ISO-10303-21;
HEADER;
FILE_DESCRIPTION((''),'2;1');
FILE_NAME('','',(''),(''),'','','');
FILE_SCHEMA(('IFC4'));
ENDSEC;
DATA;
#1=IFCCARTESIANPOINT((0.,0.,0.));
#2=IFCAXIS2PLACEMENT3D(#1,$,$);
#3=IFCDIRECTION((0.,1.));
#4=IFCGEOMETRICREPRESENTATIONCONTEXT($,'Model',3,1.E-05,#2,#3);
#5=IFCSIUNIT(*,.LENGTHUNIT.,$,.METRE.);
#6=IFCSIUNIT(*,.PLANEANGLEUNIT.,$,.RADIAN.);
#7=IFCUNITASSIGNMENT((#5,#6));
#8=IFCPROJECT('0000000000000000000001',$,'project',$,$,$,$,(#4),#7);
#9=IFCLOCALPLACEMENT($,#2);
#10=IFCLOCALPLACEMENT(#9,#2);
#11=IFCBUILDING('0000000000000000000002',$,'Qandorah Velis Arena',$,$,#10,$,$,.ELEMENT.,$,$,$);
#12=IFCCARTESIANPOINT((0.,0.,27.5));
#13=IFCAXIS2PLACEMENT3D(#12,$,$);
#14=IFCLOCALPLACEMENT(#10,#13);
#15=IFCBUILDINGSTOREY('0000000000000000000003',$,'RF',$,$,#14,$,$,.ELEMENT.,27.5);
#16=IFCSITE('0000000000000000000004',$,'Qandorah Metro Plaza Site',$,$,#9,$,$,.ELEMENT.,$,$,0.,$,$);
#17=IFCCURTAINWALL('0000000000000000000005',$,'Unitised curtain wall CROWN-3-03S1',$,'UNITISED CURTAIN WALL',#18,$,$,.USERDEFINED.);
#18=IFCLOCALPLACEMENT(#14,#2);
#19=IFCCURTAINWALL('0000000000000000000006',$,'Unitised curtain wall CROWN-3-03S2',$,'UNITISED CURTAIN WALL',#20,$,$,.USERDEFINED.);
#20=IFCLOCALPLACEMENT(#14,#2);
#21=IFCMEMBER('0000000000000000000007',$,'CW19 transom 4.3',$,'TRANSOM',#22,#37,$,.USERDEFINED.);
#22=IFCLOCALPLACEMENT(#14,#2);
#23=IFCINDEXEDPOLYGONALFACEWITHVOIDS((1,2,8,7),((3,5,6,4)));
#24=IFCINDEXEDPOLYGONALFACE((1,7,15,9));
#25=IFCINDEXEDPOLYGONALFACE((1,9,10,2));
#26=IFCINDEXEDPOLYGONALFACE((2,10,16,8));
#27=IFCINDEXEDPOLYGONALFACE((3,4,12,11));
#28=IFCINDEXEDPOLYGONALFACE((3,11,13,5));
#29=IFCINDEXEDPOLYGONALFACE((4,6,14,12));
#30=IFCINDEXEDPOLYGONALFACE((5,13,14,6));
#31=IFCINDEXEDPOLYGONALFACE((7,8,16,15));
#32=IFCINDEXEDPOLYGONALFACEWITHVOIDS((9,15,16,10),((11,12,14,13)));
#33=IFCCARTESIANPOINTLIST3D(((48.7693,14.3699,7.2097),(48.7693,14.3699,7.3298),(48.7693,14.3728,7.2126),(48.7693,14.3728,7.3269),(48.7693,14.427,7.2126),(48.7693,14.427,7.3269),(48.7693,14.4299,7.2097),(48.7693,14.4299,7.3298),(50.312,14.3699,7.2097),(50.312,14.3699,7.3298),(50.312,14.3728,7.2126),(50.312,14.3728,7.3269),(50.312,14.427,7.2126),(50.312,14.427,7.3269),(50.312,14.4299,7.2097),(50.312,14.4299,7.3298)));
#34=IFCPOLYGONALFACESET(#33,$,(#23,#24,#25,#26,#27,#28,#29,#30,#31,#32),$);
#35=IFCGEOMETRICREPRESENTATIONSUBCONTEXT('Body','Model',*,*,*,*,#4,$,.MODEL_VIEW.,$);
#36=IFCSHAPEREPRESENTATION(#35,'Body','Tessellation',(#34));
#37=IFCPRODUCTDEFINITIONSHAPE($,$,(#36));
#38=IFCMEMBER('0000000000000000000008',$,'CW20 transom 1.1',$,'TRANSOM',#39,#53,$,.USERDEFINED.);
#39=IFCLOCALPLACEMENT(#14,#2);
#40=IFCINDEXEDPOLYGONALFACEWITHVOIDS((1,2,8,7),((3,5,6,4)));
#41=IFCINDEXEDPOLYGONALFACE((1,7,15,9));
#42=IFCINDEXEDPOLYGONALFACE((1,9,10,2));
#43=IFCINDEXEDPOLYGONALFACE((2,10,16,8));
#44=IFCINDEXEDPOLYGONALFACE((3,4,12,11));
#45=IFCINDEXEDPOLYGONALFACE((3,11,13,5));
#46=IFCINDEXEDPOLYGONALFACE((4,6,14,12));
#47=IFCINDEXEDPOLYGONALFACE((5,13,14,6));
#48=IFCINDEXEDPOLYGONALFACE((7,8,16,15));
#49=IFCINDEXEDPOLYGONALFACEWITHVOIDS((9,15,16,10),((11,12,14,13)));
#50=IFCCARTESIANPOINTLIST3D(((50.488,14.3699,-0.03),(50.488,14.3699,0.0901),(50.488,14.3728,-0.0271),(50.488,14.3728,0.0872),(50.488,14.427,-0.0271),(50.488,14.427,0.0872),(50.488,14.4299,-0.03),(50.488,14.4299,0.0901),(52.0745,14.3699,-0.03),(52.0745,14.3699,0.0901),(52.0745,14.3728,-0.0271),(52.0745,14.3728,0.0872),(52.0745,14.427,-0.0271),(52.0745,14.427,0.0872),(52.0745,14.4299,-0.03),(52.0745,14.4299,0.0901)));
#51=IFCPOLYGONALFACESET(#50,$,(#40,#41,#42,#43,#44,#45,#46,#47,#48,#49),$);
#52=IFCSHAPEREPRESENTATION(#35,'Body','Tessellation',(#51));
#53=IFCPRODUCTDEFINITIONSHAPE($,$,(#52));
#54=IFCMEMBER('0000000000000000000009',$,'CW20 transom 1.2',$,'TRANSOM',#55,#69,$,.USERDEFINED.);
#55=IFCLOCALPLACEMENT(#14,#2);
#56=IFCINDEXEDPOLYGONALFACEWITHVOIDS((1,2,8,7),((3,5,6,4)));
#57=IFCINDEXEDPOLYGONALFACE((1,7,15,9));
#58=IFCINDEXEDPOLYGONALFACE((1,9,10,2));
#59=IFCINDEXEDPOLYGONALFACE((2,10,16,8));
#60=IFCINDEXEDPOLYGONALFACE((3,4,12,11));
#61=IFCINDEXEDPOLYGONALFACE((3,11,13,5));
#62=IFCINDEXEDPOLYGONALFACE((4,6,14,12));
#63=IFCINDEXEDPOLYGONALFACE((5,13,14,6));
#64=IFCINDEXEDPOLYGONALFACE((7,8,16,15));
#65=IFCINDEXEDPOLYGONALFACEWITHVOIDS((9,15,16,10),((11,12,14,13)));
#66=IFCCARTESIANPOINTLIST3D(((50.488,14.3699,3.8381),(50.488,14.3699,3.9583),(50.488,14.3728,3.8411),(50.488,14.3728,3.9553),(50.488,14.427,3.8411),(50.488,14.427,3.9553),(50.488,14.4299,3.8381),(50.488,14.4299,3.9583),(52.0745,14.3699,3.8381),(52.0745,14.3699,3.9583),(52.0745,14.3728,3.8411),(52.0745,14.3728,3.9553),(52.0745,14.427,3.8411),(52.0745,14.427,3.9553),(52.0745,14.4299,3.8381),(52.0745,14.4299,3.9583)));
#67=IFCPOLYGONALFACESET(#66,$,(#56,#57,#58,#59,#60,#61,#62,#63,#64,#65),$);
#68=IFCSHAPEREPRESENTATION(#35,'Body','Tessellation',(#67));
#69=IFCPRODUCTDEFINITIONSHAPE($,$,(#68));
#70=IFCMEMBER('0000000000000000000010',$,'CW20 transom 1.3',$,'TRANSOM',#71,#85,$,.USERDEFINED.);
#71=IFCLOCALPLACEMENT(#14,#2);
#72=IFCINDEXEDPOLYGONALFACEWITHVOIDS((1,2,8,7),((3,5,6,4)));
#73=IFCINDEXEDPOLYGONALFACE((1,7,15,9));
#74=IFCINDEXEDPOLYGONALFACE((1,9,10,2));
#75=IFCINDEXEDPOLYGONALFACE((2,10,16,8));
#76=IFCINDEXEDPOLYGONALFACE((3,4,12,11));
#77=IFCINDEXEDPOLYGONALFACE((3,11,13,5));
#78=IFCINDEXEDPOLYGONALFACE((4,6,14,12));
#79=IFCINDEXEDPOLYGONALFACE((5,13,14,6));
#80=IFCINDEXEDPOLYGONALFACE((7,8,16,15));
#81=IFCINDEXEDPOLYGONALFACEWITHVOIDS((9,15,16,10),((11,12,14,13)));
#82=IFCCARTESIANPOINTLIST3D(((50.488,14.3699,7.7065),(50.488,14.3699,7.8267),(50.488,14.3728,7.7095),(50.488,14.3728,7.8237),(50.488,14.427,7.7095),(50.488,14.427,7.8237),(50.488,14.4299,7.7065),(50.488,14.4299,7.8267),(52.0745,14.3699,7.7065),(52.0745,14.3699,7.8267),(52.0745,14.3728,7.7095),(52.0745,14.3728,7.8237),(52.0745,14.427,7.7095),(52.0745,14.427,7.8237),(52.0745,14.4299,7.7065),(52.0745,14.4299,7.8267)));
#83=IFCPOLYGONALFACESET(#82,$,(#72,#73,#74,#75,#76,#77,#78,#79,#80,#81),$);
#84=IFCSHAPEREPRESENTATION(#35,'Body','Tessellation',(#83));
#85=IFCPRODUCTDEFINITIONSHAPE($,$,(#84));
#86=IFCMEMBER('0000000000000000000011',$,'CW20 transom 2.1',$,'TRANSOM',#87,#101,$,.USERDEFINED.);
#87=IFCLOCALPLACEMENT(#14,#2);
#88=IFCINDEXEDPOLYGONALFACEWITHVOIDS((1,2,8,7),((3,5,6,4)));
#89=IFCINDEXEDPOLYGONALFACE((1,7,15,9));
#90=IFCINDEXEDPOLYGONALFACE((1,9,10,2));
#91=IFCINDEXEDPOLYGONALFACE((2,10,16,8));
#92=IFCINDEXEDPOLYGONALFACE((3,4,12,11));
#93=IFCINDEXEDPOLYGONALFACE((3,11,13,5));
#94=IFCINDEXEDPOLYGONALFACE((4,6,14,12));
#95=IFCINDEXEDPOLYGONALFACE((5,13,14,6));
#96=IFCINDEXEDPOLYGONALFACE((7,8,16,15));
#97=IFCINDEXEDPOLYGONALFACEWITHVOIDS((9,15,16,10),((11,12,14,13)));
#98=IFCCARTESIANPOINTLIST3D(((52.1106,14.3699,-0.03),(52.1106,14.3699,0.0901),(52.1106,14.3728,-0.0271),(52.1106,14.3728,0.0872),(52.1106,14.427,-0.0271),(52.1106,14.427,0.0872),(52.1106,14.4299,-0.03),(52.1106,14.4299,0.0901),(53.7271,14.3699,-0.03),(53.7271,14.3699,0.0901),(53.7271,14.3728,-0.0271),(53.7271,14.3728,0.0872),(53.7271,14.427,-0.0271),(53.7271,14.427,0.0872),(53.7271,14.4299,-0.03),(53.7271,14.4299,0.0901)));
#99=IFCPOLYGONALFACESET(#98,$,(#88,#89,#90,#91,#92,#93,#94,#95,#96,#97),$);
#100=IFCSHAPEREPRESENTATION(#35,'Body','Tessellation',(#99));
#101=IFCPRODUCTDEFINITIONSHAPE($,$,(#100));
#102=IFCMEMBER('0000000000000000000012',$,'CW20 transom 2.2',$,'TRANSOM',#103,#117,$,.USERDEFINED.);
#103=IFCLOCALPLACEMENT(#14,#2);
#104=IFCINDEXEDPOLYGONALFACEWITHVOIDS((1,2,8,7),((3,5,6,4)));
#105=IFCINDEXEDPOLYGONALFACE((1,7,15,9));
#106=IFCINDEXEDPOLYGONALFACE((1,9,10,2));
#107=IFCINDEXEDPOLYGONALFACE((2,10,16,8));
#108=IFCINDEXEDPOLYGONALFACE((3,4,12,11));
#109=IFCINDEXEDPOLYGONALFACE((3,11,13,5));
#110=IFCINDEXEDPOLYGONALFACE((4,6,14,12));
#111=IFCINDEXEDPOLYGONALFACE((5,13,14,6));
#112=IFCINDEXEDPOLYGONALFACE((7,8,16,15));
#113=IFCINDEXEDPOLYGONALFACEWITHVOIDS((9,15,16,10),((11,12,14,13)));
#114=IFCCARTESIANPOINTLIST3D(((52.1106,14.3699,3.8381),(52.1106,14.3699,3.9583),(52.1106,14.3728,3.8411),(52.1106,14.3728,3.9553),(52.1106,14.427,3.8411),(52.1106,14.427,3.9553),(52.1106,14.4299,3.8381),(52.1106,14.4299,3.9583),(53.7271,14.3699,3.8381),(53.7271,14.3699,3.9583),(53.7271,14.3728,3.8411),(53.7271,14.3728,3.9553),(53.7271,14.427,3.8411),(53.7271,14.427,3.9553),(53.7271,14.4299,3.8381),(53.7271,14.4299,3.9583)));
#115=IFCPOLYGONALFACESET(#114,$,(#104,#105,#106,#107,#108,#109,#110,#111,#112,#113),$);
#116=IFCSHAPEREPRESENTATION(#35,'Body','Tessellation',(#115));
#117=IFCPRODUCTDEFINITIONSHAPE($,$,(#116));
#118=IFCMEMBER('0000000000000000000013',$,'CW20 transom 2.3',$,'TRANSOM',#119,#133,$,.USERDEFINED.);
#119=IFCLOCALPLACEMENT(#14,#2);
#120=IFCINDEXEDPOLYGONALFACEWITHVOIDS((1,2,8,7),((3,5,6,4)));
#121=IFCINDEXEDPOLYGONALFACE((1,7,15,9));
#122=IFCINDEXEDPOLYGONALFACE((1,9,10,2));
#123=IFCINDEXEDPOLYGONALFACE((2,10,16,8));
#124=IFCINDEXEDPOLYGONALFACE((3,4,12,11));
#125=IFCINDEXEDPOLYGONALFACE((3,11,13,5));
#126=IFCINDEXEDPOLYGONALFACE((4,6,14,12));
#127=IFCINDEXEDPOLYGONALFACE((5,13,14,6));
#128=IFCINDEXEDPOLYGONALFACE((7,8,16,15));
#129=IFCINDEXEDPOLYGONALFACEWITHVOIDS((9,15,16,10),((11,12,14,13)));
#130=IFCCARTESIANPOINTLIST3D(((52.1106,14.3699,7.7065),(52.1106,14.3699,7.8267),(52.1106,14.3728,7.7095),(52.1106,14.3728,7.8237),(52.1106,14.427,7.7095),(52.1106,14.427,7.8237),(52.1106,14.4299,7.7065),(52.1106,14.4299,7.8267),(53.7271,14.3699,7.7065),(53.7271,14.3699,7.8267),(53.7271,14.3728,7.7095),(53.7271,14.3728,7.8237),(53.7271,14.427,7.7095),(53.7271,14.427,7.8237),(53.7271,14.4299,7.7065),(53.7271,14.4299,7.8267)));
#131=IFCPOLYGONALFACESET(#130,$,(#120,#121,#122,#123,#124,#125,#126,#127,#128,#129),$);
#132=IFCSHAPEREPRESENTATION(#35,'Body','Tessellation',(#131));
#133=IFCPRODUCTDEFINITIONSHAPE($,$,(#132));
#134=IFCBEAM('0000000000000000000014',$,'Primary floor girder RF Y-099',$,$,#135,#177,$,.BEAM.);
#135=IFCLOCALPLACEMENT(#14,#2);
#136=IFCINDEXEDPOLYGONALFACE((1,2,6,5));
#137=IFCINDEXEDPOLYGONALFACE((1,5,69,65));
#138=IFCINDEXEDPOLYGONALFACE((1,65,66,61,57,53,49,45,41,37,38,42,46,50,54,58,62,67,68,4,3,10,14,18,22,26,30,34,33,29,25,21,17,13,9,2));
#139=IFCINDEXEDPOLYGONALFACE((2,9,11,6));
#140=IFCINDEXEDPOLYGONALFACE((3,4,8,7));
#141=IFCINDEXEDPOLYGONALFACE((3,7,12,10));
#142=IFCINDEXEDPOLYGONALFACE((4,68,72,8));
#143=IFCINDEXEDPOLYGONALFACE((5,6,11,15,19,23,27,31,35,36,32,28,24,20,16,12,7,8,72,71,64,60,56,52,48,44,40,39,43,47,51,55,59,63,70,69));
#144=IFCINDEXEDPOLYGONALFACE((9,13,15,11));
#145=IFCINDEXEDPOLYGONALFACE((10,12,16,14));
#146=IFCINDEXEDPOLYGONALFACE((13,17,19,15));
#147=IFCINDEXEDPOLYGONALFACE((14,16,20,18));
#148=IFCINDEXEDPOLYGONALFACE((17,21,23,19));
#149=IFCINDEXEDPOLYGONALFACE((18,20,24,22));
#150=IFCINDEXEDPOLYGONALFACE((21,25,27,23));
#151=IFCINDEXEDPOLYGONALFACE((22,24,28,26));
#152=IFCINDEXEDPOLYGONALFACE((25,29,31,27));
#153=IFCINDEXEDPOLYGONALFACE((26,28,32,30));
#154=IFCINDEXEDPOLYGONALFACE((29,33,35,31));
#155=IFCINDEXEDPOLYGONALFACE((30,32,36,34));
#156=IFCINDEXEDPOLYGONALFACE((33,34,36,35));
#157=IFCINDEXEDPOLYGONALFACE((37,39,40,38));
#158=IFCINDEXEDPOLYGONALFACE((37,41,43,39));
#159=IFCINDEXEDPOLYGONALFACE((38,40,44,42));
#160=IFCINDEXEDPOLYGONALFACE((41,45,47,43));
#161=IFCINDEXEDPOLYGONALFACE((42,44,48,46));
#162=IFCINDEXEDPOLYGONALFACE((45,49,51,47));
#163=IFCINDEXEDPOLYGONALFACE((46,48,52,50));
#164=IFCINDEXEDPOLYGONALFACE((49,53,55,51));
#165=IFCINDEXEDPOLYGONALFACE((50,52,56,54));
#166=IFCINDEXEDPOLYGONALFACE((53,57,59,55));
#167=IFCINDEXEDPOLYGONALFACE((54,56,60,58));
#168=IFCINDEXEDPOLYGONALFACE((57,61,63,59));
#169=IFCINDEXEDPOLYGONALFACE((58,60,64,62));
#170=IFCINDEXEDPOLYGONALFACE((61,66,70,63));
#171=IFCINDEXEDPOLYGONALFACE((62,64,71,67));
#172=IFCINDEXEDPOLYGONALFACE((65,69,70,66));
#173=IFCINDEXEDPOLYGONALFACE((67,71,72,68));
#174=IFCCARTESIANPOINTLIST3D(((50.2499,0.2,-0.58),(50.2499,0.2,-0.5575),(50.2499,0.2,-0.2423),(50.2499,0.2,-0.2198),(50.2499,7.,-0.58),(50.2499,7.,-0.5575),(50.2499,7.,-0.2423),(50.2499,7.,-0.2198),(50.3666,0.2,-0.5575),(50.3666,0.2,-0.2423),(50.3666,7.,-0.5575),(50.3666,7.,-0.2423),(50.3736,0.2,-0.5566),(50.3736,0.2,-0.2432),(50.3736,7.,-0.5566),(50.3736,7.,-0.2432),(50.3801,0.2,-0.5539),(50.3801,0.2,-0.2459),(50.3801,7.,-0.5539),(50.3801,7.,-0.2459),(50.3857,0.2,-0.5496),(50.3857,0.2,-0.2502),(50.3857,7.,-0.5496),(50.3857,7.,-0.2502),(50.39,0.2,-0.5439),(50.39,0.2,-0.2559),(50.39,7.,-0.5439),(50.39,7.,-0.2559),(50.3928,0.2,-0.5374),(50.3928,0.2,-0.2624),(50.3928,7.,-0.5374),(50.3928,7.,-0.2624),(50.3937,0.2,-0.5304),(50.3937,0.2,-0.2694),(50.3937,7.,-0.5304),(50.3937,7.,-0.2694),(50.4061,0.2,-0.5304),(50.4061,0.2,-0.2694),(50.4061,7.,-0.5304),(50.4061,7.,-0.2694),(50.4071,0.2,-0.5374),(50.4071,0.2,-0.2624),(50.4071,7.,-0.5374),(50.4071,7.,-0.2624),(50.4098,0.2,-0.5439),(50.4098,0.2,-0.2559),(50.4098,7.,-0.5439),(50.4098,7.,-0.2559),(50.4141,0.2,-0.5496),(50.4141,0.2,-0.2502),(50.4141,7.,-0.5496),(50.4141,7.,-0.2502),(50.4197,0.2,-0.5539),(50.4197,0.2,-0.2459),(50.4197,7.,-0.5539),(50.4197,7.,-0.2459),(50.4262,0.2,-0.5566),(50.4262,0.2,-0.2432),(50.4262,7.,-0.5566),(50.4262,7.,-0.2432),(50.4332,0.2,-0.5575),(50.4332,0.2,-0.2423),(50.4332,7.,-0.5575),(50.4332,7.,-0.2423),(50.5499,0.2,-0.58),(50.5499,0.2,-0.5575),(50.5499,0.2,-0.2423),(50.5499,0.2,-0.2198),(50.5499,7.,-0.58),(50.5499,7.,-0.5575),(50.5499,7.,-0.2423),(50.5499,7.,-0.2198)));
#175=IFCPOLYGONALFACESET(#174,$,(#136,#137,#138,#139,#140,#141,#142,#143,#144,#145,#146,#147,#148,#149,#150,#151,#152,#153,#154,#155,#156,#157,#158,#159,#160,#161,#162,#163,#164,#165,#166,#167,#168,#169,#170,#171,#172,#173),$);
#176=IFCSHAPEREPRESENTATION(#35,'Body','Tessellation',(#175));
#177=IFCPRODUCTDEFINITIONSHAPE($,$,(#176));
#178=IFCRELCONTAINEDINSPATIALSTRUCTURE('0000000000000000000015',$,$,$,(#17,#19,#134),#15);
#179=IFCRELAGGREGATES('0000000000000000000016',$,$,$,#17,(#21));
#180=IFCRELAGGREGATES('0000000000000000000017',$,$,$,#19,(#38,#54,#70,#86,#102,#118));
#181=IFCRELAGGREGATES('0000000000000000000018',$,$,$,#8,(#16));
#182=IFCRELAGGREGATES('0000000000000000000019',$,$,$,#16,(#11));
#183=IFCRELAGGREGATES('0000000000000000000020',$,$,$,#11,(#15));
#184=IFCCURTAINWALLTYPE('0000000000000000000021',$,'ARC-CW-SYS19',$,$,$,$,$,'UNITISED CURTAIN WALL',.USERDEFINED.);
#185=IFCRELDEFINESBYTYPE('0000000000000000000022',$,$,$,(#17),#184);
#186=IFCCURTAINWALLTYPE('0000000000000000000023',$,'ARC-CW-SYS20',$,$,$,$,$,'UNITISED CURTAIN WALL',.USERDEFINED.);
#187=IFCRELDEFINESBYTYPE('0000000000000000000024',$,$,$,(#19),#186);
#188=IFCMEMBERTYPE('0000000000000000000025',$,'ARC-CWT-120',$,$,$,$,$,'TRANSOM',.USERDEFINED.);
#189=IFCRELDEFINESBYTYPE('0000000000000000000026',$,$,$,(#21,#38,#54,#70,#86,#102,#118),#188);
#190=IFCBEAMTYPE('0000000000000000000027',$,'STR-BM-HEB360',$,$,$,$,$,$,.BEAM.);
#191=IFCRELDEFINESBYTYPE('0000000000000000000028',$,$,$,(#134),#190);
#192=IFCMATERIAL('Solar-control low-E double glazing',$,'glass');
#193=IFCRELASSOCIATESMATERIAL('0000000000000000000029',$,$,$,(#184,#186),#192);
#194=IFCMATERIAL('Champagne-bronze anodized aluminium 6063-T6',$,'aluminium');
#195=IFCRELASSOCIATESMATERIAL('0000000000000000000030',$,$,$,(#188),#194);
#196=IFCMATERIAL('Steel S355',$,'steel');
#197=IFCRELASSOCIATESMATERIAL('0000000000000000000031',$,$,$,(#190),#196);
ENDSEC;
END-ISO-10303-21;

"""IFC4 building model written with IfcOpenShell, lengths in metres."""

from ifc_helpers import new_model, si_unit, direction, frame, origin, origin_2d, place, context, subcontext, project, spatial, hollow_rectangle, i_section, extrude, material, material_profile, profile_set, type_object, element, aggregate, save


model = new_model("IFC4")

# Units and contexts
model_context = context("Model", 3, precision=1e-05, world=origin(), true_north=direction((0.0, 1.0)))
body_context = subcontext(model_context, "Body", "Model", "MODEL_VIEW")
ifc_project = project(units=[si_unit("LENGTHUNIT", "METRE"), si_unit("PLANEANGLEUNIT", "RADIAN")], contexts=[model_context])

# Site, building, storey
site_placement = place(None, origin())
site = spatial("IfcSite", under=ifc_project, at=site_placement, Name="Qandorah Metro Plaza Site", CompositionType="ELEMENT", RefElevation=0.0)
building_placement = place(site_placement, origin())
building = spatial("IfcBuilding", under=site, at=building_placement, Name="Qandorah Velis Arena", CompositionType="ELEMENT")
storey_placement = place(building_placement, frame((0.0, 0.0, 27.5)))
storey = spatial("IfcBuildingStorey", under=building, at=storey_placement, Name="RF", CompositionType="ELEMENT", Elevation=27.5)

# Curtain walls
ifc_material_1 = material(Name="Solar-control low-E double glazing", Category="glass")
curtain_wall_type_1 = type_object("IfcCurtainWallType", Name="ARC-CW-SYS19", ElementType="UNITISED CURTAIN WALL", PredefinedType="USERDEFINED", material=ifc_material_1)
curtain_wall_1_placement = place(storey_placement, origin())
curtain_wall_1 = element("IfcCurtainWall", 1, at=curtain_wall_1_placement, inside=storey, type_object=curtain_wall_type_1, Name="Unitised curtain wall CROWN-3-03S1", ObjectType="UNITISED CURTAIN WALL", PredefinedType="USERDEFINED")
ifc_material_2 = material(Name="Champagne-bronze anodized aluminium 6063-T6", Category="aluminium")
curtain_wall_type_2 = type_object("IfcCurtainWallType", Name="ARC-CW-SYS20", ElementType="UNITISED CURTAIN WALL", PredefinedType="USERDEFINED", material=ifc_material_1)
curtain_wall_2_placement = place(storey_placement, origin())
curtain_wall_2 = element("IfcCurtainWall", 2, at=curtain_wall_2_placement, inside=storey, type_object=curtain_wall_type_2, Name="Unitised curtain wall CROWN-3-03S2", ObjectType="UNITISED CURTAIN WALL", PredefinedType="USERDEFINED")

# Members
ifc_material_profile_1 = material_profile(ifc_material_2, hollow_rectangle(XDim=0.0601, YDim=0.1201, WallThickness=0.0029, at=origin_2d()), Name="ALU TRANSOM 60x120")
ifc_profile_set_1 = profile_set([ifc_material_profile_1], Name="Champagne-bronze anodized aluminium 6063-T6")
member_type_1 = type_object("IfcMemberType", Name="ARC-CWT-120", ElementType="TRANSOM", PredefinedType="USERDEFINED", material=ifc_profile_set_1)
member_1_placement = place(storey_placement, frame((48.7693, 14.3999, 7.2698), z_axis=(1.0, 0.0, 0.0), x_axis=(0.0, 1.0, 0.0)))
member_1 = element("IfcMember", 3, at=member_1_placement, type_object=member_type_1, Name="CW19 transom 4.3", ObjectType="TRANSOM", PredefinedType="USERDEFINED", context=body_context, shape_type="SweptSolid", body=[
    extrude(hollow_rectangle(XDim=0.0601, YDim=0.1201, WallThickness=0.0029, at=origin_2d()), origin(), (0.0, 0.0, 1.0), 1.5427),
])
member_2_placement = place(storey_placement, frame((50.488, 14.3999, 0.03), z_axis=(1.0, 0.0, 0.0), x_axis=(0.0, 1.0, 0.0)))
member_2 = element("IfcMember", 4, at=member_2_placement, type_object=member_type_1, Name="CW20 transom 1.1", ObjectType="TRANSOM", PredefinedType="USERDEFINED", context=body_context, shape_type="SweptSolid", body=[
    extrude(hollow_rectangle(XDim=0.0601, YDim=0.1201, WallThickness=0.0029, at=origin_2d()), origin(), (0.0, 0.0, 1.0), 1.5864),
])
member_3_placement = place(storey_placement, frame((50.488, 14.3999, 3.8982), z_axis=(1.0, 0.0, 0.0), x_axis=(0.0, 1.0, 0.0)))
member_3 = element("IfcMember", 5, at=member_3_placement, type_object=member_type_1, Name="CW20 transom 1.2", ObjectType="TRANSOM", PredefinedType="USERDEFINED", context=body_context, shape_type="SweptSolid", body=[
    extrude(hollow_rectangle(XDim=0.0601, YDim=0.1201, WallThickness=0.0029, at=origin_2d()), origin(), (0.0, 0.0, 1.0), 1.5864),
])
member_4_placement = place(storey_placement, frame((50.488, 14.3999, 7.7666), z_axis=(1.0, 0.0, 0.0), x_axis=(0.0, 1.0, 0.0)))
member_4 = element("IfcMember", 6, at=member_4_placement, type_object=member_type_1, Name="CW20 transom 1.3", ObjectType="TRANSOM", PredefinedType="USERDEFINED", context=body_context, shape_type="SweptSolid", body=[
    extrude(hollow_rectangle(XDim=0.0601, YDim=0.1201, WallThickness=0.0029, at=origin_2d()), origin(), (0.0, 0.0, 1.0), 1.5864),
])
member_5_placement = place(storey_placement, frame((52.1106, 14.3999, 0.03), z_axis=(1.0, 0.0, 0.0), x_axis=(0.0, 1.0, 0.0)))
member_5 = element("IfcMember", 7, at=member_5_placement, type_object=member_type_1, Name="CW20 transom 2.1", ObjectType="TRANSOM", PredefinedType="USERDEFINED", context=body_context, shape_type="SweptSolid", body=[
    extrude(hollow_rectangle(XDim=0.0601, YDim=0.1201, WallThickness=0.0029, at=origin_2d()), origin(), (0.0, 0.0, 1.0), 1.6165),
])
member_6_placement = place(storey_placement, frame((52.1106, 14.3999, 3.8982), z_axis=(1.0, 0.0, 0.0), x_axis=(0.0, 1.0, 0.0)))
member_6 = element("IfcMember", 8, at=member_6_placement, type_object=member_type_1, Name="CW20 transom 2.2", ObjectType="TRANSOM", PredefinedType="USERDEFINED", context=body_context, shape_type="SweptSolid", body=[
    extrude(hollow_rectangle(XDim=0.0601, YDim=0.1201, WallThickness=0.0029, at=origin_2d()), origin(), (0.0, 0.0, 1.0), 1.6165),
])
member_7_placement = place(storey_placement, frame((52.1106, 14.3999, 7.7666), z_axis=(1.0, 0.0, 0.0), x_axis=(0.0, 1.0, 0.0)))
member_7 = element("IfcMember", 9, at=member_7_placement, type_object=member_type_1, Name="CW20 transom 2.3", ObjectType="TRANSOM", PredefinedType="USERDEFINED", context=body_context, shape_type="SweptSolid", body=[
    extrude(hollow_rectangle(XDim=0.0601, YDim=0.1201, WallThickness=0.0029, at=origin_2d()), origin(), (0.0, 0.0, 1.0), 1.6165),
])

# Beam
ifc_material_3 = material(Name="Steel S355", Category="steel")
ifc_material_profile_2 = material_profile(ifc_material_3, i_section(OverallWidth=0.3, OverallDepth=0.3601, WebThickness=0.0125, FlangeThickness=0.0225, FilletRadius=0.0271, at=origin_2d()), Name="HEB 360")
ifc_profile_set_2 = profile_set([ifc_material_profile_2], Name="Steel S355")
beam_type_1 = type_object("IfcBeamType", Name="STR-BM-HEB360", PredefinedType="BEAM", material=ifc_profile_set_2)
for number, where, z_axis, x_axis, name in (
    (10, (50.3999, 0.2, -0.3999), (0.0, 1.0, 0.0), (-1.0, 0.0, 0.0), "Primary floor girder RF Y-099"),
):
    element("IfcBeam", number, at=place(storey_placement, frame(where, z_axis=z_axis, x_axis=x_axis)), inside=storey, type_object=beam_type_1, Name=name, PredefinedType="BEAM", context=body_context, shape_type="SweptSolid", body=[
        extrude(i_section(OverallWidth=0.3, OverallDepth=0.3601, WebThickness=0.0125, FlangeThickness=0.0225, FilletRadius=0.0271, at=origin_2d()), origin(), (0.0, 0.0, 1.0), 6.8),
    ])

aggregate(curtain_wall_1, [member_1])
aggregate(curtain_wall_2, [member_2, member_3, member_4, member_5, member_6, member_7])

save(model, "model.ifc")
